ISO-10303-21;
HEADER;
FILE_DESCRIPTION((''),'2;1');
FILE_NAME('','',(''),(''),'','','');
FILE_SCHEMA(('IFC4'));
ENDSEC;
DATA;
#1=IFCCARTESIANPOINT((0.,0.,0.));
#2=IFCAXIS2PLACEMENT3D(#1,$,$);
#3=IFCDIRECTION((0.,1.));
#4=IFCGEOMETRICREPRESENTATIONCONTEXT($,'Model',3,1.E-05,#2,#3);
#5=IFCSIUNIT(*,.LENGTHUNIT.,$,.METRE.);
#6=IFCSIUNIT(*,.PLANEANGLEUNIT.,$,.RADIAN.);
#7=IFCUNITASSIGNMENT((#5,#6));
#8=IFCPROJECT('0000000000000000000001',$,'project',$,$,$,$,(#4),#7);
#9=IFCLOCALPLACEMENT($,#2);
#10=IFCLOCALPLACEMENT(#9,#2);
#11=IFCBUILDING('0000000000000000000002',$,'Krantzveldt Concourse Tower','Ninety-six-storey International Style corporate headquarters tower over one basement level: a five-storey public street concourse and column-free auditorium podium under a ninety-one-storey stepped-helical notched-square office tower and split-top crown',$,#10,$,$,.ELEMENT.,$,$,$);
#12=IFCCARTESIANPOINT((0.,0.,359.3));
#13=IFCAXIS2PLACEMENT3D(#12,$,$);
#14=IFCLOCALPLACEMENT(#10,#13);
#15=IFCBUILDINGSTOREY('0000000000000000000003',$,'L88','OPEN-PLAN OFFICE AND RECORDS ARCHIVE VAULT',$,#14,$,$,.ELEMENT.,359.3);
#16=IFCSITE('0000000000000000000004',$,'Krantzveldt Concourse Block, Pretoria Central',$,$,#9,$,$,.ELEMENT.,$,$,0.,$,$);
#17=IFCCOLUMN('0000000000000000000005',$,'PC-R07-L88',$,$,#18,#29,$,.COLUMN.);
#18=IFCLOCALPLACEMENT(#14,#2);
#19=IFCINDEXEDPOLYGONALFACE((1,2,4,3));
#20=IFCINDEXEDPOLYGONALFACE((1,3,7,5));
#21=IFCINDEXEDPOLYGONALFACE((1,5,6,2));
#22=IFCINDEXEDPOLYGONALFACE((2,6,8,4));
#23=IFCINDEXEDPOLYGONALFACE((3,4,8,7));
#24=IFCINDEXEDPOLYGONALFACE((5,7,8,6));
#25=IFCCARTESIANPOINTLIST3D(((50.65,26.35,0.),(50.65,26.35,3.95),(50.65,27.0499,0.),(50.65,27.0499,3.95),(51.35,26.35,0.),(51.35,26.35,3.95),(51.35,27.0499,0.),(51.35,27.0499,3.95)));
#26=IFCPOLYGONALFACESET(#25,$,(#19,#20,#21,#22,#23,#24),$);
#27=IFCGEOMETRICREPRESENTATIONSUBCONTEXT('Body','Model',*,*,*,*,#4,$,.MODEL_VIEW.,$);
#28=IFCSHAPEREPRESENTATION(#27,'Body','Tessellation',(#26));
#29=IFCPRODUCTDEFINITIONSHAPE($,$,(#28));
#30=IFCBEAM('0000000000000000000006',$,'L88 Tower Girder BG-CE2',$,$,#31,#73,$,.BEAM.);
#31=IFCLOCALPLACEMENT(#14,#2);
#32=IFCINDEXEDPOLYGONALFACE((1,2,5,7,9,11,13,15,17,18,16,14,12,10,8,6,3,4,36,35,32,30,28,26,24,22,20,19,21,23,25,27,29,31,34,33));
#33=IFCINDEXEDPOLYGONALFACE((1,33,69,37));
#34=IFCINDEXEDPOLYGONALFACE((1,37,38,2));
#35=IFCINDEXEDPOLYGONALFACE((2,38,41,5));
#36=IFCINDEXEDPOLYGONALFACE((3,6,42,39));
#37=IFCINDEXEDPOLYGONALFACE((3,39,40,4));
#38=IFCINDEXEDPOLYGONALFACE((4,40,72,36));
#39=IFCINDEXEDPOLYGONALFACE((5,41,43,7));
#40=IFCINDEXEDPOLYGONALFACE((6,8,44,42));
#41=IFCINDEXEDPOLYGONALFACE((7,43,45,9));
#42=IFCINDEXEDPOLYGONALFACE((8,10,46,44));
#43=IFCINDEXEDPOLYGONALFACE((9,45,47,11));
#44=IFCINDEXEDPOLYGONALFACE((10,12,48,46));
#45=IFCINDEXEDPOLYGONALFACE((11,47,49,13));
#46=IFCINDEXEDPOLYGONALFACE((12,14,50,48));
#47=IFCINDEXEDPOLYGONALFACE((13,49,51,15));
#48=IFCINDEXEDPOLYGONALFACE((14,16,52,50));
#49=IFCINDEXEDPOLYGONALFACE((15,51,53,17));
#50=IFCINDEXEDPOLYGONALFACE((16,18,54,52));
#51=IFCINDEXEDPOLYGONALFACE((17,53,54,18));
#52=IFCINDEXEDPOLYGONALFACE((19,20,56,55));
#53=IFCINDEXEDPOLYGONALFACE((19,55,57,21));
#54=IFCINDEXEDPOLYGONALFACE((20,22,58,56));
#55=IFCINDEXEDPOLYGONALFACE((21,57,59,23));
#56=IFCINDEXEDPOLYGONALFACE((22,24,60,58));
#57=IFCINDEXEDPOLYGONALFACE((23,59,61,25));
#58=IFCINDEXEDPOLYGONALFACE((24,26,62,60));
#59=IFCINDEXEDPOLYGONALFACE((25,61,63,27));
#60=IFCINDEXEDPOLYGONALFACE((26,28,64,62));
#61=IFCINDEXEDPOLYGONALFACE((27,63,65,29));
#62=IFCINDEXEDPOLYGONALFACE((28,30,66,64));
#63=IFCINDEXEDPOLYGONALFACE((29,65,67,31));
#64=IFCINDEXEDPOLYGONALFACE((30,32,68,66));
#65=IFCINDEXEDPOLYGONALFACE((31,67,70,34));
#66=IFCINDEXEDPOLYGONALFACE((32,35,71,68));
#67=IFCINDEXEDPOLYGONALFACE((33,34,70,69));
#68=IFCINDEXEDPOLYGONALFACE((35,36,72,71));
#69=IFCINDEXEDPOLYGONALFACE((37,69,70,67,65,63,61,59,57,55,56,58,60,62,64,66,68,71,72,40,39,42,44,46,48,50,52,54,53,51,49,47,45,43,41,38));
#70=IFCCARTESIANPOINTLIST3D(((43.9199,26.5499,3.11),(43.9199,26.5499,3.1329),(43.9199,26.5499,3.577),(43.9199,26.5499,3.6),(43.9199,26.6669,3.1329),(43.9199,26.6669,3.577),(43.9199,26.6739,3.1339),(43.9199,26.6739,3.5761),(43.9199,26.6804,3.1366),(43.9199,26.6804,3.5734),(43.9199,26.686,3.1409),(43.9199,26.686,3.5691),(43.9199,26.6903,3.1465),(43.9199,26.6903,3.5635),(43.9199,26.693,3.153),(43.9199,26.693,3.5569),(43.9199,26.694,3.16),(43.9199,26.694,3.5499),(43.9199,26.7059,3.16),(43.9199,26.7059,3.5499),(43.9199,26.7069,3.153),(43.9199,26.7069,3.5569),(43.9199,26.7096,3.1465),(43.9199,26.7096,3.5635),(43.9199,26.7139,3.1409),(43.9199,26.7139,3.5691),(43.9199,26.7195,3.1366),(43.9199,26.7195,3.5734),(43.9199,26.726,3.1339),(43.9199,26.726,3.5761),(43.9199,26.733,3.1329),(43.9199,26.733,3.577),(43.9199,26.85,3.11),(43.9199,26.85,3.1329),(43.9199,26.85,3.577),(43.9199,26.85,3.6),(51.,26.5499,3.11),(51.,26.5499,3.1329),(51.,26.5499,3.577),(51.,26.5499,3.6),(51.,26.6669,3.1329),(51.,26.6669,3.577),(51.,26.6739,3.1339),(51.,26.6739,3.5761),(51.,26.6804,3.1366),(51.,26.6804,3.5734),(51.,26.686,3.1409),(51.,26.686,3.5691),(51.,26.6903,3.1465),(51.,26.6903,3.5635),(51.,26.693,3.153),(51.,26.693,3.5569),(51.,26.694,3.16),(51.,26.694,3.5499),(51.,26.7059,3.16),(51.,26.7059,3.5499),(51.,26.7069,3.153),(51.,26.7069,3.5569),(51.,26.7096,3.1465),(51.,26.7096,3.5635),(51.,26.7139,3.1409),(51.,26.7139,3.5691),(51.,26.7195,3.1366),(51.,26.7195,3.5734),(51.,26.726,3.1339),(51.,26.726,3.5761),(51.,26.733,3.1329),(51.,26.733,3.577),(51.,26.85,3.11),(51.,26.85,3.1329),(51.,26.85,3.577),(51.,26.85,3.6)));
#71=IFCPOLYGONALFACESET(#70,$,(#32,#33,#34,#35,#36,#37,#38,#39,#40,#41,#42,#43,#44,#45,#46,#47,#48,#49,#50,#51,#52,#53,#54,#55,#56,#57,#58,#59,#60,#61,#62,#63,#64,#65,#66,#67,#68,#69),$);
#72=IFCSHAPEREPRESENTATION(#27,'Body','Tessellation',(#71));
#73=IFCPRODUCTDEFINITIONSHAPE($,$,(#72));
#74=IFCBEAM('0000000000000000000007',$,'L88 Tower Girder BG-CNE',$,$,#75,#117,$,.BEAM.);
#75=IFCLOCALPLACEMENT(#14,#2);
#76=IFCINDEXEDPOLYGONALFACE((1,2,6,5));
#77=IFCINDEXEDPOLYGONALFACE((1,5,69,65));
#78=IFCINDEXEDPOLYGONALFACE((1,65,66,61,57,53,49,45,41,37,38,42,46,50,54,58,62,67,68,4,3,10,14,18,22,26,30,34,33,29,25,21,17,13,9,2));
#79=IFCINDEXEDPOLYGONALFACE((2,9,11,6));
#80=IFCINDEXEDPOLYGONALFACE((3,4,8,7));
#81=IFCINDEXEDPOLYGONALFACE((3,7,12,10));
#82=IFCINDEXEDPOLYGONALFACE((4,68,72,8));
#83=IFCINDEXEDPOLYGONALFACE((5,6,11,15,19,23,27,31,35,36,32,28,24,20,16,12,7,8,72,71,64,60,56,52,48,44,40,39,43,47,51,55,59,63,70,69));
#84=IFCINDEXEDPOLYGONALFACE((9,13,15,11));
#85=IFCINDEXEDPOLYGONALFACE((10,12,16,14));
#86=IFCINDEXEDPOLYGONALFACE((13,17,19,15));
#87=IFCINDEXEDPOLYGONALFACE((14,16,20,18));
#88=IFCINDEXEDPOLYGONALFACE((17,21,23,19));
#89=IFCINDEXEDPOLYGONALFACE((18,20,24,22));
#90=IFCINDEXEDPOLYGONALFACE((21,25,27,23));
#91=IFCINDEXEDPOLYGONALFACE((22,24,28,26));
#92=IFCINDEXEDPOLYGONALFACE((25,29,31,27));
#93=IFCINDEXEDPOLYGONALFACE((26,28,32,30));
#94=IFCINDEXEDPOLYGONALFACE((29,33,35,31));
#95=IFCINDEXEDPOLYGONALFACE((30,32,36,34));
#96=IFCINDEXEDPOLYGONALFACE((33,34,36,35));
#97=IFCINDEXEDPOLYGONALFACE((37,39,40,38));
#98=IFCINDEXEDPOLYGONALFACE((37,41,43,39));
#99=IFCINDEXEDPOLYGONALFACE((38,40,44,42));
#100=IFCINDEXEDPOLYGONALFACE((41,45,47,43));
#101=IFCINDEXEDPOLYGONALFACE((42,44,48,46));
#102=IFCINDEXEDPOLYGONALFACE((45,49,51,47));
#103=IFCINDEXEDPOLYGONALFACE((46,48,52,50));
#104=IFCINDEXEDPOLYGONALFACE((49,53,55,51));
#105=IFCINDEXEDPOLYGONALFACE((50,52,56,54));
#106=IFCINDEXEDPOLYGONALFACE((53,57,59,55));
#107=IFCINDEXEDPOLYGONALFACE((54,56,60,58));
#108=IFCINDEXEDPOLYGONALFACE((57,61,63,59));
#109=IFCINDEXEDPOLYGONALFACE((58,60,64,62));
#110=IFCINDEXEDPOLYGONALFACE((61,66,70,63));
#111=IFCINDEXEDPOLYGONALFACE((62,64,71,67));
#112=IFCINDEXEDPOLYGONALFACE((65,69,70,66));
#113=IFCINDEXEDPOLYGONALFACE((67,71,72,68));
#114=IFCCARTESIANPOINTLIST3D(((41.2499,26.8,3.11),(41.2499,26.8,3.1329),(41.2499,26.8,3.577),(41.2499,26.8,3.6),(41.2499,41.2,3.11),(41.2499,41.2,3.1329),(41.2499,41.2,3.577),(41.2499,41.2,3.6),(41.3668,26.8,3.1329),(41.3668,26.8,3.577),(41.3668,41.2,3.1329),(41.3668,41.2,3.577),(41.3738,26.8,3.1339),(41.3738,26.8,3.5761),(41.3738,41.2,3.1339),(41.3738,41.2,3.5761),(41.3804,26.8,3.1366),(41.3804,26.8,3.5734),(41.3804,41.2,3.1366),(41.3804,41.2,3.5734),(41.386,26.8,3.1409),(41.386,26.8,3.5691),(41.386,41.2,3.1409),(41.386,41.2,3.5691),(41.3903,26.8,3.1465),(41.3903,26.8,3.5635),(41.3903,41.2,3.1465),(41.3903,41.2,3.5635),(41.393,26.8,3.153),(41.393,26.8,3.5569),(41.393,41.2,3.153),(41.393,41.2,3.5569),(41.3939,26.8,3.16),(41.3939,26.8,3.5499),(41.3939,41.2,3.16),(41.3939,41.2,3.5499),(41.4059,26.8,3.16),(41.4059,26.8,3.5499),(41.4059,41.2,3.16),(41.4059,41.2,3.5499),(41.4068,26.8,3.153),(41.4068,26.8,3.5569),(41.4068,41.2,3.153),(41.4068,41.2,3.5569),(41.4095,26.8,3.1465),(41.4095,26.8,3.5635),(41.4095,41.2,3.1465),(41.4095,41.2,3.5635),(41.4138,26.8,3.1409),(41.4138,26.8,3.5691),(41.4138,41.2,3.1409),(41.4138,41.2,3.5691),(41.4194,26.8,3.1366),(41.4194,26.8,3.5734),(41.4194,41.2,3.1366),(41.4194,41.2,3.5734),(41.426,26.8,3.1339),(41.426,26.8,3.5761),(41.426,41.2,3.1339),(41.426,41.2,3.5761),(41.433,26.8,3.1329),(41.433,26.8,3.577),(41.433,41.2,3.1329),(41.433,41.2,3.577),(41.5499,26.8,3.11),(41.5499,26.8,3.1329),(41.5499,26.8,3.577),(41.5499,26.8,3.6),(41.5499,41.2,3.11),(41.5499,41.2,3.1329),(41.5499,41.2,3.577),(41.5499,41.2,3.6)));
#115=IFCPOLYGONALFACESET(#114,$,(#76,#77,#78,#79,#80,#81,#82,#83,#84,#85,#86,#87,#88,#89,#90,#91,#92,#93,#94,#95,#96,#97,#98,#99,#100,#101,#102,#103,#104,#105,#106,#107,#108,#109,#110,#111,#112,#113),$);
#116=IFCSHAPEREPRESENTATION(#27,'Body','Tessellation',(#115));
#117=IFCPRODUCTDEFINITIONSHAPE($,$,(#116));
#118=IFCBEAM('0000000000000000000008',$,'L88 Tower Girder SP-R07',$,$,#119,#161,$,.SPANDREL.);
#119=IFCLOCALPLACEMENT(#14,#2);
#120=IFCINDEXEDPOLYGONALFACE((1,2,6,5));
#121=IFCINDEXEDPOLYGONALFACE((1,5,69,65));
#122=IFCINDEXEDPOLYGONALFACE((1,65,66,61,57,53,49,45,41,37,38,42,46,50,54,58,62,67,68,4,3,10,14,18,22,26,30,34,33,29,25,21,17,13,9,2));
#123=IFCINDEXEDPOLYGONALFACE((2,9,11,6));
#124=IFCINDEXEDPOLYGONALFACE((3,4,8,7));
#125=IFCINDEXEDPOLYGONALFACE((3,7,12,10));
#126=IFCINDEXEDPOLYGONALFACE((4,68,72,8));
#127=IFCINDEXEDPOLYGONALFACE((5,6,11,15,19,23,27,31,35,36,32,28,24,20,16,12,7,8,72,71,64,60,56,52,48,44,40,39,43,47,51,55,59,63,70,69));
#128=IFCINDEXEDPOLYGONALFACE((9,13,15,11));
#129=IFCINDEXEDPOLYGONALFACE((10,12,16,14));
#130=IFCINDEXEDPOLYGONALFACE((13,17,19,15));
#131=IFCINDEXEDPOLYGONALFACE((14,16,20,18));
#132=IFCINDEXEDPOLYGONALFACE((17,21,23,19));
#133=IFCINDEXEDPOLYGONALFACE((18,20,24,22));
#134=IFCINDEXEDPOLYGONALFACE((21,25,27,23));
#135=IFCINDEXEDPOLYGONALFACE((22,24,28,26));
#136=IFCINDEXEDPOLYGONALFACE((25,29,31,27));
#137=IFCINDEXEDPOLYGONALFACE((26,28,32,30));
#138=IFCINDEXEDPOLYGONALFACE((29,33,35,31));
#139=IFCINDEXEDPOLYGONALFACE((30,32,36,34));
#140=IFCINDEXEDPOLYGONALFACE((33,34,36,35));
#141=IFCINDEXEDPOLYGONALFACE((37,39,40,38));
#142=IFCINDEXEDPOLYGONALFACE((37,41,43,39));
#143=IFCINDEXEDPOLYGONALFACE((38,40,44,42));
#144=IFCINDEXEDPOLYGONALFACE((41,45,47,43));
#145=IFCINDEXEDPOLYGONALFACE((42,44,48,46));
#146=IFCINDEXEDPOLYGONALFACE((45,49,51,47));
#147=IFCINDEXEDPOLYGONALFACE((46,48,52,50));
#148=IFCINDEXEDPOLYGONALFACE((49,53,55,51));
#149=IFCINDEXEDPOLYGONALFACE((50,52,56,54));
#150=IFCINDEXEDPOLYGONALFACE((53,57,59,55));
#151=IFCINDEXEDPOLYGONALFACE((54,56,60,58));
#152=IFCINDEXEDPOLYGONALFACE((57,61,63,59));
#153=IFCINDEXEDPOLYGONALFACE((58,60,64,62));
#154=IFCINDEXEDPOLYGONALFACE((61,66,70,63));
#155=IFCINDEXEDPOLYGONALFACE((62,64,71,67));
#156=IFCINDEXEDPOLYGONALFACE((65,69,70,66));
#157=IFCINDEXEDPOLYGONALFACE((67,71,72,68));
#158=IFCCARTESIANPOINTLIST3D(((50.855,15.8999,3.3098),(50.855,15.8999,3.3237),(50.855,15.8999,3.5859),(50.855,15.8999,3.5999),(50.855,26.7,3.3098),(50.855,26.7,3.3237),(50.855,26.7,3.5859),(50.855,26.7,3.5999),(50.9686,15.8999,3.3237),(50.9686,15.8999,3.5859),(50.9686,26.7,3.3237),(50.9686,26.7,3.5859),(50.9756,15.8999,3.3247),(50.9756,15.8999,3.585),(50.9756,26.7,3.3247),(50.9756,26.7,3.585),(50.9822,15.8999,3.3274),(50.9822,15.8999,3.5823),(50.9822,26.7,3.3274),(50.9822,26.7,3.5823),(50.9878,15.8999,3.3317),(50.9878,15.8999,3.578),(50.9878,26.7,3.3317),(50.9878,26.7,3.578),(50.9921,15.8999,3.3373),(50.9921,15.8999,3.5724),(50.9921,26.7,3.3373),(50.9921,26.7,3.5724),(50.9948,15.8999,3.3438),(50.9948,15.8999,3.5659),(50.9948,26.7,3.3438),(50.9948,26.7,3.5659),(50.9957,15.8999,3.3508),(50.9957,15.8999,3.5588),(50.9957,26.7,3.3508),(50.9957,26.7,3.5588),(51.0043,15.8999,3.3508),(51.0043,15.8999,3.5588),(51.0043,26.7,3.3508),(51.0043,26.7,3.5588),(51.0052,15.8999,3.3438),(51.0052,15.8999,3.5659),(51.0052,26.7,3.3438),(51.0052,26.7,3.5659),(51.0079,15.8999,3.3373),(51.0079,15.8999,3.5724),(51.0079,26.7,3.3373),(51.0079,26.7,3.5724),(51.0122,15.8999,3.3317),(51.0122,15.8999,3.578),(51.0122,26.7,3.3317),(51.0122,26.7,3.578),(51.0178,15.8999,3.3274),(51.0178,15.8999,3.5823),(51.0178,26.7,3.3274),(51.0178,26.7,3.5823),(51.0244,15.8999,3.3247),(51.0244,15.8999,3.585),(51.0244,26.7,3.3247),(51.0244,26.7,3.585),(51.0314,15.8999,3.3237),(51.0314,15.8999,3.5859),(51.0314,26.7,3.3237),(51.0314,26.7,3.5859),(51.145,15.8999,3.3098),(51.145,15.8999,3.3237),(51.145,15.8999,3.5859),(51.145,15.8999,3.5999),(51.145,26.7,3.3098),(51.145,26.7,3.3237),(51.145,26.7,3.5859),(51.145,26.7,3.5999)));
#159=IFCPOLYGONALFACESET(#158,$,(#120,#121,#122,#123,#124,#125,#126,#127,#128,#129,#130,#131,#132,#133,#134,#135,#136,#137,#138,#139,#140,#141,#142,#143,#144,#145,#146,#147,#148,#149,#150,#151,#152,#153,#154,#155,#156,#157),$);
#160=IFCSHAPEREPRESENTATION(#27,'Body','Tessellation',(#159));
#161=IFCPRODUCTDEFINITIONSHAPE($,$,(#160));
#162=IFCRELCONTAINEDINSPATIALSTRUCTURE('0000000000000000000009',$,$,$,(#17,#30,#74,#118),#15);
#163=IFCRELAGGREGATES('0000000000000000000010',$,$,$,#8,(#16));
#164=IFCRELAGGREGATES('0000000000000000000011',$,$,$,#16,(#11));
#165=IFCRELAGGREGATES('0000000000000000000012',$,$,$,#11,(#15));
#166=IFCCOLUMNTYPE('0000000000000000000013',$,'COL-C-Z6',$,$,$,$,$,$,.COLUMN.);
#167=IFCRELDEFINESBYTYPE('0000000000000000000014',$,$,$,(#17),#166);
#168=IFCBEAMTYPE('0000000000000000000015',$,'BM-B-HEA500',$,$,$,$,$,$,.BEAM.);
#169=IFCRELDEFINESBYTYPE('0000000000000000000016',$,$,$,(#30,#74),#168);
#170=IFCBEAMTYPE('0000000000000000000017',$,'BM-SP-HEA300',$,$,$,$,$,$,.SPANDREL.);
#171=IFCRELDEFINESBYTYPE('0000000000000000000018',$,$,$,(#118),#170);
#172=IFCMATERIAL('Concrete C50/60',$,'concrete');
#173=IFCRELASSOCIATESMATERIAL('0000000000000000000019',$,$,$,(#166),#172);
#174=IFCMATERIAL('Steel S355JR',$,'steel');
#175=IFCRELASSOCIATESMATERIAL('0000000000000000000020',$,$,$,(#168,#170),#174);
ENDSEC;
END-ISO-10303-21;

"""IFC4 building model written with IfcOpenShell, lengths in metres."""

from ifc_helpers import new_model, si_unit, direction, frame, origin, origin_2d, place, context, subcontext, project, spatial, rectangle, i_section, extrude, source, transform, mapped, material, material_profile, profile_set, type_object, type_shapes, element, save


model = new_model("IFC4")

# Units and contexts
model_context = context("Model", 3, precision=1e-05, world=origin(), true_north=direction((0.0, 1.0)))
body_context = subcontext(model_context, "Body", "Model", "MODEL_VIEW")
ifc_project = project(units=[si_unit("LENGTHUNIT", "METRE"), si_unit("PLANEANGLEUNIT", "RADIAN")], contexts=[model_context])

# Site, building, storey
site_placement = place(None, origin())
site = spatial("IfcSite", under=ifc_project, at=site_placement, Name="Krantzveldt Concourse Block, Pretoria Central", CompositionType="ELEMENT", RefElevation=0.0)
building_placement = place(site_placement, origin())
building = spatial("IfcBuilding", under=site, at=building_placement, Name="Krantzveldt Concourse Tower", Description="Ninety-six-storey International Style corporate headquarters tower over one basement level: a five-storey public street concourse and column-free auditorium podium under a ninety-one-storey stepped-helical notched-square office tower and split-top crown", CompositionType="ELEMENT")
storey_placement = place(building_placement, frame((0.0, 0.0, 359.3)))
storey = spatial("IfcBuildingStorey", under=building, at=storey_placement, Name="L88", Description="OPEN-PLAN OFFICE AND RECORDS ARCHIVE VAULT", CompositionType="ELEMENT", Elevation=359.3)

# Column
ifc_material_1 = material(Name="Concrete C50/60", Category="concrete")
ifc_material_profile_1 = material_profile(ifc_material_1, rectangle(XDim=0.7, YDim=0.7, at=origin_2d()), Name="Concrete C50/60", Category="concrete")
ifc_profile_set_1 = profile_set([ifc_material_profile_1], Name="Concrete C50/60 - RC 700x700")
column_type = type_object("IfcColumnType", Name="COL-C-Z6", PredefinedType="COLUMN", material=ifc_profile_set_1)
shared_shape_1 = source(origin(), body_context, "Body", "SweptSolid", [
    extrude(rectangle(XDim=0.7, YDim=0.7, at=origin_2d()), origin(), (0.0, 0.0, 1.0), 3.95),
])
type_shapes(column_type, [shared_shape_1])
column_placement = place(storey_placement, frame((51.0, 26.7, 0.0), z_axis=(0.0, 0.0, 1.0), x_axis=(1.0, 0.0, 0.0)))
element("IfcColumn", 1, at=column_placement, inside=storey, type_object=column_type, Name="PC-R07-L88", PredefinedType="COLUMN", context=body_context, shape_type="MappedRepresentation", body=[
    mapped(shared_shape_1, transform((0.0, 0.0, 0.0), x_axis=(1.0, 0.0, 0.0), y_axis=(0.0, 1.0, 0.0), z_axis=(0.0, 0.0, 1.0), scale=1.0)),
])

# Beams
ifc_material_2 = material(Name="Steel S355JR", Category="steel")
ifc_material_profile_2 = material_profile(ifc_material_2, i_section(OverallWidth=0.3, OverallDepth=0.49, WebThickness=0.012, FlangeThickness=0.0229, FilletRadius=0.0271, at=origin_2d()), Name="Steel S355JR", Category="steel")
ifc_profile_set_2 = profile_set([ifc_material_profile_2], Name="Steel S355JR - HEA 500")
beam_type_1 = type_object("IfcBeamType", Name="BM-B-HEA500", PredefinedType="BEAM", material=ifc_profile_set_2)
shared_shape_2 = source(origin(), body_context, "Body", "SweptSolid", [
    extrude(i_section(OverallWidth=0.3, OverallDepth=0.49, WebThickness=0.012, FlangeThickness=0.0229, FilletRadius=0.0271, at=origin_2d()), origin(), (0.0, 0.0, 1.0), 7.0801),
])
beam_1_placement = place(storey_placement, frame((43.9199, 26.7, 3.355), z_axis=(1.0, 0.0, 0.0), x_axis=(0.0, 1.0, 0.0)))
element("IfcBeam", 2, at=beam_1_placement, inside=storey, type_object=beam_type_1, Name="L88 Tower Girder BG-CE2", PredefinedType="BEAM", context=body_context, shape_type="MappedRepresentation", body=[
    mapped(shared_shape_2, transform((0.0, 0.0, 0.0), x_axis=(1.0, 0.0, 0.0), y_axis=(0.0, 1.0, 0.0), z_axis=(0.0, 0.0, 1.0), scale=1.0)),
])
shared_shape_3 = source(origin(), body_context, "Body", "SweptSolid", [
    extrude(i_section(OverallWidth=0.3, OverallDepth=0.49, WebThickness=0.012, FlangeThickness=0.0229, FilletRadius=0.0271, at=origin_2d()), origin(), (0.0, 0.0, 1.0), 14.3999),
])
type_shapes(beam_type_1, [shared_shape_2, shared_shape_3])
beam_2_placement = place(storey_placement, frame((41.3999, 26.8, 3.355), z_axis=(0.0, 1.0, 0.0), x_axis=(-1.0, 0.0, 0.0)))
element("IfcBeam", 3, at=beam_2_placement, inside=storey, type_object=beam_type_1, Name="L88 Tower Girder BG-CNE", PredefinedType="BEAM", context=body_context, shape_type="MappedRepresentation", body=[
    mapped(shared_shape_3, transform((0.0, 0.0, 0.0), x_axis=(1.0, 0.0, 0.0), y_axis=(0.0, 1.0, 0.0), z_axis=(0.0, 0.0, 1.0), scale=1.0)),
])
ifc_material_profile_3 = material_profile(ifc_material_2, i_section(OverallWidth=0.29, OverallDepth=0.29, WebThickness=0.0085, FlangeThickness=0.0139, FilletRadius=0.0271, at=origin_2d()), Name="Steel S355JR", Category="steel")
ifc_profile_set_3 = profile_set([ifc_material_profile_3], Name="Steel S355JR - HEA 300")
beam_type_2 = type_object("IfcBeamType", Name="BM-SP-HEA300", PredefinedType="SPANDREL", material=ifc_profile_set_3)
shared_shape_4 = source(origin(), body_context, "Body", "SweptSolid", [
    extrude(i_section(OverallWidth=0.29, OverallDepth=0.29, WebThickness=0.0085, FlangeThickness=0.0139, FilletRadius=0.0271, at=origin_2d()), origin(), (0.0, 0.0, 1.0), 10.8),
])
type_shapes(beam_type_2, [shared_shape_4])
beam_3_placement = place(storey_placement, frame((51.0, 26.7, 3.4548), z_axis=(0.0, -1.0, 0.0), x_axis=(1.0, 0.0, 0.0)))
element("IfcBeam", 4, at=beam_3_placement, inside=storey, type_object=beam_type_2, Name="L88 Tower Girder SP-R07", PredefinedType="SPANDREL", context=body_context, shape_type="MappedRepresentation", body=[
    mapped(shared_shape_4, transform((0.0, 0.0, 0.0), x_axis=(1.0, 0.0, 0.0), y_axis=(0.0, 1.0, 0.0), z_axis=(0.0, 0.0, 1.0), scale=1.0)),
])

save(model, "model.ifc")
